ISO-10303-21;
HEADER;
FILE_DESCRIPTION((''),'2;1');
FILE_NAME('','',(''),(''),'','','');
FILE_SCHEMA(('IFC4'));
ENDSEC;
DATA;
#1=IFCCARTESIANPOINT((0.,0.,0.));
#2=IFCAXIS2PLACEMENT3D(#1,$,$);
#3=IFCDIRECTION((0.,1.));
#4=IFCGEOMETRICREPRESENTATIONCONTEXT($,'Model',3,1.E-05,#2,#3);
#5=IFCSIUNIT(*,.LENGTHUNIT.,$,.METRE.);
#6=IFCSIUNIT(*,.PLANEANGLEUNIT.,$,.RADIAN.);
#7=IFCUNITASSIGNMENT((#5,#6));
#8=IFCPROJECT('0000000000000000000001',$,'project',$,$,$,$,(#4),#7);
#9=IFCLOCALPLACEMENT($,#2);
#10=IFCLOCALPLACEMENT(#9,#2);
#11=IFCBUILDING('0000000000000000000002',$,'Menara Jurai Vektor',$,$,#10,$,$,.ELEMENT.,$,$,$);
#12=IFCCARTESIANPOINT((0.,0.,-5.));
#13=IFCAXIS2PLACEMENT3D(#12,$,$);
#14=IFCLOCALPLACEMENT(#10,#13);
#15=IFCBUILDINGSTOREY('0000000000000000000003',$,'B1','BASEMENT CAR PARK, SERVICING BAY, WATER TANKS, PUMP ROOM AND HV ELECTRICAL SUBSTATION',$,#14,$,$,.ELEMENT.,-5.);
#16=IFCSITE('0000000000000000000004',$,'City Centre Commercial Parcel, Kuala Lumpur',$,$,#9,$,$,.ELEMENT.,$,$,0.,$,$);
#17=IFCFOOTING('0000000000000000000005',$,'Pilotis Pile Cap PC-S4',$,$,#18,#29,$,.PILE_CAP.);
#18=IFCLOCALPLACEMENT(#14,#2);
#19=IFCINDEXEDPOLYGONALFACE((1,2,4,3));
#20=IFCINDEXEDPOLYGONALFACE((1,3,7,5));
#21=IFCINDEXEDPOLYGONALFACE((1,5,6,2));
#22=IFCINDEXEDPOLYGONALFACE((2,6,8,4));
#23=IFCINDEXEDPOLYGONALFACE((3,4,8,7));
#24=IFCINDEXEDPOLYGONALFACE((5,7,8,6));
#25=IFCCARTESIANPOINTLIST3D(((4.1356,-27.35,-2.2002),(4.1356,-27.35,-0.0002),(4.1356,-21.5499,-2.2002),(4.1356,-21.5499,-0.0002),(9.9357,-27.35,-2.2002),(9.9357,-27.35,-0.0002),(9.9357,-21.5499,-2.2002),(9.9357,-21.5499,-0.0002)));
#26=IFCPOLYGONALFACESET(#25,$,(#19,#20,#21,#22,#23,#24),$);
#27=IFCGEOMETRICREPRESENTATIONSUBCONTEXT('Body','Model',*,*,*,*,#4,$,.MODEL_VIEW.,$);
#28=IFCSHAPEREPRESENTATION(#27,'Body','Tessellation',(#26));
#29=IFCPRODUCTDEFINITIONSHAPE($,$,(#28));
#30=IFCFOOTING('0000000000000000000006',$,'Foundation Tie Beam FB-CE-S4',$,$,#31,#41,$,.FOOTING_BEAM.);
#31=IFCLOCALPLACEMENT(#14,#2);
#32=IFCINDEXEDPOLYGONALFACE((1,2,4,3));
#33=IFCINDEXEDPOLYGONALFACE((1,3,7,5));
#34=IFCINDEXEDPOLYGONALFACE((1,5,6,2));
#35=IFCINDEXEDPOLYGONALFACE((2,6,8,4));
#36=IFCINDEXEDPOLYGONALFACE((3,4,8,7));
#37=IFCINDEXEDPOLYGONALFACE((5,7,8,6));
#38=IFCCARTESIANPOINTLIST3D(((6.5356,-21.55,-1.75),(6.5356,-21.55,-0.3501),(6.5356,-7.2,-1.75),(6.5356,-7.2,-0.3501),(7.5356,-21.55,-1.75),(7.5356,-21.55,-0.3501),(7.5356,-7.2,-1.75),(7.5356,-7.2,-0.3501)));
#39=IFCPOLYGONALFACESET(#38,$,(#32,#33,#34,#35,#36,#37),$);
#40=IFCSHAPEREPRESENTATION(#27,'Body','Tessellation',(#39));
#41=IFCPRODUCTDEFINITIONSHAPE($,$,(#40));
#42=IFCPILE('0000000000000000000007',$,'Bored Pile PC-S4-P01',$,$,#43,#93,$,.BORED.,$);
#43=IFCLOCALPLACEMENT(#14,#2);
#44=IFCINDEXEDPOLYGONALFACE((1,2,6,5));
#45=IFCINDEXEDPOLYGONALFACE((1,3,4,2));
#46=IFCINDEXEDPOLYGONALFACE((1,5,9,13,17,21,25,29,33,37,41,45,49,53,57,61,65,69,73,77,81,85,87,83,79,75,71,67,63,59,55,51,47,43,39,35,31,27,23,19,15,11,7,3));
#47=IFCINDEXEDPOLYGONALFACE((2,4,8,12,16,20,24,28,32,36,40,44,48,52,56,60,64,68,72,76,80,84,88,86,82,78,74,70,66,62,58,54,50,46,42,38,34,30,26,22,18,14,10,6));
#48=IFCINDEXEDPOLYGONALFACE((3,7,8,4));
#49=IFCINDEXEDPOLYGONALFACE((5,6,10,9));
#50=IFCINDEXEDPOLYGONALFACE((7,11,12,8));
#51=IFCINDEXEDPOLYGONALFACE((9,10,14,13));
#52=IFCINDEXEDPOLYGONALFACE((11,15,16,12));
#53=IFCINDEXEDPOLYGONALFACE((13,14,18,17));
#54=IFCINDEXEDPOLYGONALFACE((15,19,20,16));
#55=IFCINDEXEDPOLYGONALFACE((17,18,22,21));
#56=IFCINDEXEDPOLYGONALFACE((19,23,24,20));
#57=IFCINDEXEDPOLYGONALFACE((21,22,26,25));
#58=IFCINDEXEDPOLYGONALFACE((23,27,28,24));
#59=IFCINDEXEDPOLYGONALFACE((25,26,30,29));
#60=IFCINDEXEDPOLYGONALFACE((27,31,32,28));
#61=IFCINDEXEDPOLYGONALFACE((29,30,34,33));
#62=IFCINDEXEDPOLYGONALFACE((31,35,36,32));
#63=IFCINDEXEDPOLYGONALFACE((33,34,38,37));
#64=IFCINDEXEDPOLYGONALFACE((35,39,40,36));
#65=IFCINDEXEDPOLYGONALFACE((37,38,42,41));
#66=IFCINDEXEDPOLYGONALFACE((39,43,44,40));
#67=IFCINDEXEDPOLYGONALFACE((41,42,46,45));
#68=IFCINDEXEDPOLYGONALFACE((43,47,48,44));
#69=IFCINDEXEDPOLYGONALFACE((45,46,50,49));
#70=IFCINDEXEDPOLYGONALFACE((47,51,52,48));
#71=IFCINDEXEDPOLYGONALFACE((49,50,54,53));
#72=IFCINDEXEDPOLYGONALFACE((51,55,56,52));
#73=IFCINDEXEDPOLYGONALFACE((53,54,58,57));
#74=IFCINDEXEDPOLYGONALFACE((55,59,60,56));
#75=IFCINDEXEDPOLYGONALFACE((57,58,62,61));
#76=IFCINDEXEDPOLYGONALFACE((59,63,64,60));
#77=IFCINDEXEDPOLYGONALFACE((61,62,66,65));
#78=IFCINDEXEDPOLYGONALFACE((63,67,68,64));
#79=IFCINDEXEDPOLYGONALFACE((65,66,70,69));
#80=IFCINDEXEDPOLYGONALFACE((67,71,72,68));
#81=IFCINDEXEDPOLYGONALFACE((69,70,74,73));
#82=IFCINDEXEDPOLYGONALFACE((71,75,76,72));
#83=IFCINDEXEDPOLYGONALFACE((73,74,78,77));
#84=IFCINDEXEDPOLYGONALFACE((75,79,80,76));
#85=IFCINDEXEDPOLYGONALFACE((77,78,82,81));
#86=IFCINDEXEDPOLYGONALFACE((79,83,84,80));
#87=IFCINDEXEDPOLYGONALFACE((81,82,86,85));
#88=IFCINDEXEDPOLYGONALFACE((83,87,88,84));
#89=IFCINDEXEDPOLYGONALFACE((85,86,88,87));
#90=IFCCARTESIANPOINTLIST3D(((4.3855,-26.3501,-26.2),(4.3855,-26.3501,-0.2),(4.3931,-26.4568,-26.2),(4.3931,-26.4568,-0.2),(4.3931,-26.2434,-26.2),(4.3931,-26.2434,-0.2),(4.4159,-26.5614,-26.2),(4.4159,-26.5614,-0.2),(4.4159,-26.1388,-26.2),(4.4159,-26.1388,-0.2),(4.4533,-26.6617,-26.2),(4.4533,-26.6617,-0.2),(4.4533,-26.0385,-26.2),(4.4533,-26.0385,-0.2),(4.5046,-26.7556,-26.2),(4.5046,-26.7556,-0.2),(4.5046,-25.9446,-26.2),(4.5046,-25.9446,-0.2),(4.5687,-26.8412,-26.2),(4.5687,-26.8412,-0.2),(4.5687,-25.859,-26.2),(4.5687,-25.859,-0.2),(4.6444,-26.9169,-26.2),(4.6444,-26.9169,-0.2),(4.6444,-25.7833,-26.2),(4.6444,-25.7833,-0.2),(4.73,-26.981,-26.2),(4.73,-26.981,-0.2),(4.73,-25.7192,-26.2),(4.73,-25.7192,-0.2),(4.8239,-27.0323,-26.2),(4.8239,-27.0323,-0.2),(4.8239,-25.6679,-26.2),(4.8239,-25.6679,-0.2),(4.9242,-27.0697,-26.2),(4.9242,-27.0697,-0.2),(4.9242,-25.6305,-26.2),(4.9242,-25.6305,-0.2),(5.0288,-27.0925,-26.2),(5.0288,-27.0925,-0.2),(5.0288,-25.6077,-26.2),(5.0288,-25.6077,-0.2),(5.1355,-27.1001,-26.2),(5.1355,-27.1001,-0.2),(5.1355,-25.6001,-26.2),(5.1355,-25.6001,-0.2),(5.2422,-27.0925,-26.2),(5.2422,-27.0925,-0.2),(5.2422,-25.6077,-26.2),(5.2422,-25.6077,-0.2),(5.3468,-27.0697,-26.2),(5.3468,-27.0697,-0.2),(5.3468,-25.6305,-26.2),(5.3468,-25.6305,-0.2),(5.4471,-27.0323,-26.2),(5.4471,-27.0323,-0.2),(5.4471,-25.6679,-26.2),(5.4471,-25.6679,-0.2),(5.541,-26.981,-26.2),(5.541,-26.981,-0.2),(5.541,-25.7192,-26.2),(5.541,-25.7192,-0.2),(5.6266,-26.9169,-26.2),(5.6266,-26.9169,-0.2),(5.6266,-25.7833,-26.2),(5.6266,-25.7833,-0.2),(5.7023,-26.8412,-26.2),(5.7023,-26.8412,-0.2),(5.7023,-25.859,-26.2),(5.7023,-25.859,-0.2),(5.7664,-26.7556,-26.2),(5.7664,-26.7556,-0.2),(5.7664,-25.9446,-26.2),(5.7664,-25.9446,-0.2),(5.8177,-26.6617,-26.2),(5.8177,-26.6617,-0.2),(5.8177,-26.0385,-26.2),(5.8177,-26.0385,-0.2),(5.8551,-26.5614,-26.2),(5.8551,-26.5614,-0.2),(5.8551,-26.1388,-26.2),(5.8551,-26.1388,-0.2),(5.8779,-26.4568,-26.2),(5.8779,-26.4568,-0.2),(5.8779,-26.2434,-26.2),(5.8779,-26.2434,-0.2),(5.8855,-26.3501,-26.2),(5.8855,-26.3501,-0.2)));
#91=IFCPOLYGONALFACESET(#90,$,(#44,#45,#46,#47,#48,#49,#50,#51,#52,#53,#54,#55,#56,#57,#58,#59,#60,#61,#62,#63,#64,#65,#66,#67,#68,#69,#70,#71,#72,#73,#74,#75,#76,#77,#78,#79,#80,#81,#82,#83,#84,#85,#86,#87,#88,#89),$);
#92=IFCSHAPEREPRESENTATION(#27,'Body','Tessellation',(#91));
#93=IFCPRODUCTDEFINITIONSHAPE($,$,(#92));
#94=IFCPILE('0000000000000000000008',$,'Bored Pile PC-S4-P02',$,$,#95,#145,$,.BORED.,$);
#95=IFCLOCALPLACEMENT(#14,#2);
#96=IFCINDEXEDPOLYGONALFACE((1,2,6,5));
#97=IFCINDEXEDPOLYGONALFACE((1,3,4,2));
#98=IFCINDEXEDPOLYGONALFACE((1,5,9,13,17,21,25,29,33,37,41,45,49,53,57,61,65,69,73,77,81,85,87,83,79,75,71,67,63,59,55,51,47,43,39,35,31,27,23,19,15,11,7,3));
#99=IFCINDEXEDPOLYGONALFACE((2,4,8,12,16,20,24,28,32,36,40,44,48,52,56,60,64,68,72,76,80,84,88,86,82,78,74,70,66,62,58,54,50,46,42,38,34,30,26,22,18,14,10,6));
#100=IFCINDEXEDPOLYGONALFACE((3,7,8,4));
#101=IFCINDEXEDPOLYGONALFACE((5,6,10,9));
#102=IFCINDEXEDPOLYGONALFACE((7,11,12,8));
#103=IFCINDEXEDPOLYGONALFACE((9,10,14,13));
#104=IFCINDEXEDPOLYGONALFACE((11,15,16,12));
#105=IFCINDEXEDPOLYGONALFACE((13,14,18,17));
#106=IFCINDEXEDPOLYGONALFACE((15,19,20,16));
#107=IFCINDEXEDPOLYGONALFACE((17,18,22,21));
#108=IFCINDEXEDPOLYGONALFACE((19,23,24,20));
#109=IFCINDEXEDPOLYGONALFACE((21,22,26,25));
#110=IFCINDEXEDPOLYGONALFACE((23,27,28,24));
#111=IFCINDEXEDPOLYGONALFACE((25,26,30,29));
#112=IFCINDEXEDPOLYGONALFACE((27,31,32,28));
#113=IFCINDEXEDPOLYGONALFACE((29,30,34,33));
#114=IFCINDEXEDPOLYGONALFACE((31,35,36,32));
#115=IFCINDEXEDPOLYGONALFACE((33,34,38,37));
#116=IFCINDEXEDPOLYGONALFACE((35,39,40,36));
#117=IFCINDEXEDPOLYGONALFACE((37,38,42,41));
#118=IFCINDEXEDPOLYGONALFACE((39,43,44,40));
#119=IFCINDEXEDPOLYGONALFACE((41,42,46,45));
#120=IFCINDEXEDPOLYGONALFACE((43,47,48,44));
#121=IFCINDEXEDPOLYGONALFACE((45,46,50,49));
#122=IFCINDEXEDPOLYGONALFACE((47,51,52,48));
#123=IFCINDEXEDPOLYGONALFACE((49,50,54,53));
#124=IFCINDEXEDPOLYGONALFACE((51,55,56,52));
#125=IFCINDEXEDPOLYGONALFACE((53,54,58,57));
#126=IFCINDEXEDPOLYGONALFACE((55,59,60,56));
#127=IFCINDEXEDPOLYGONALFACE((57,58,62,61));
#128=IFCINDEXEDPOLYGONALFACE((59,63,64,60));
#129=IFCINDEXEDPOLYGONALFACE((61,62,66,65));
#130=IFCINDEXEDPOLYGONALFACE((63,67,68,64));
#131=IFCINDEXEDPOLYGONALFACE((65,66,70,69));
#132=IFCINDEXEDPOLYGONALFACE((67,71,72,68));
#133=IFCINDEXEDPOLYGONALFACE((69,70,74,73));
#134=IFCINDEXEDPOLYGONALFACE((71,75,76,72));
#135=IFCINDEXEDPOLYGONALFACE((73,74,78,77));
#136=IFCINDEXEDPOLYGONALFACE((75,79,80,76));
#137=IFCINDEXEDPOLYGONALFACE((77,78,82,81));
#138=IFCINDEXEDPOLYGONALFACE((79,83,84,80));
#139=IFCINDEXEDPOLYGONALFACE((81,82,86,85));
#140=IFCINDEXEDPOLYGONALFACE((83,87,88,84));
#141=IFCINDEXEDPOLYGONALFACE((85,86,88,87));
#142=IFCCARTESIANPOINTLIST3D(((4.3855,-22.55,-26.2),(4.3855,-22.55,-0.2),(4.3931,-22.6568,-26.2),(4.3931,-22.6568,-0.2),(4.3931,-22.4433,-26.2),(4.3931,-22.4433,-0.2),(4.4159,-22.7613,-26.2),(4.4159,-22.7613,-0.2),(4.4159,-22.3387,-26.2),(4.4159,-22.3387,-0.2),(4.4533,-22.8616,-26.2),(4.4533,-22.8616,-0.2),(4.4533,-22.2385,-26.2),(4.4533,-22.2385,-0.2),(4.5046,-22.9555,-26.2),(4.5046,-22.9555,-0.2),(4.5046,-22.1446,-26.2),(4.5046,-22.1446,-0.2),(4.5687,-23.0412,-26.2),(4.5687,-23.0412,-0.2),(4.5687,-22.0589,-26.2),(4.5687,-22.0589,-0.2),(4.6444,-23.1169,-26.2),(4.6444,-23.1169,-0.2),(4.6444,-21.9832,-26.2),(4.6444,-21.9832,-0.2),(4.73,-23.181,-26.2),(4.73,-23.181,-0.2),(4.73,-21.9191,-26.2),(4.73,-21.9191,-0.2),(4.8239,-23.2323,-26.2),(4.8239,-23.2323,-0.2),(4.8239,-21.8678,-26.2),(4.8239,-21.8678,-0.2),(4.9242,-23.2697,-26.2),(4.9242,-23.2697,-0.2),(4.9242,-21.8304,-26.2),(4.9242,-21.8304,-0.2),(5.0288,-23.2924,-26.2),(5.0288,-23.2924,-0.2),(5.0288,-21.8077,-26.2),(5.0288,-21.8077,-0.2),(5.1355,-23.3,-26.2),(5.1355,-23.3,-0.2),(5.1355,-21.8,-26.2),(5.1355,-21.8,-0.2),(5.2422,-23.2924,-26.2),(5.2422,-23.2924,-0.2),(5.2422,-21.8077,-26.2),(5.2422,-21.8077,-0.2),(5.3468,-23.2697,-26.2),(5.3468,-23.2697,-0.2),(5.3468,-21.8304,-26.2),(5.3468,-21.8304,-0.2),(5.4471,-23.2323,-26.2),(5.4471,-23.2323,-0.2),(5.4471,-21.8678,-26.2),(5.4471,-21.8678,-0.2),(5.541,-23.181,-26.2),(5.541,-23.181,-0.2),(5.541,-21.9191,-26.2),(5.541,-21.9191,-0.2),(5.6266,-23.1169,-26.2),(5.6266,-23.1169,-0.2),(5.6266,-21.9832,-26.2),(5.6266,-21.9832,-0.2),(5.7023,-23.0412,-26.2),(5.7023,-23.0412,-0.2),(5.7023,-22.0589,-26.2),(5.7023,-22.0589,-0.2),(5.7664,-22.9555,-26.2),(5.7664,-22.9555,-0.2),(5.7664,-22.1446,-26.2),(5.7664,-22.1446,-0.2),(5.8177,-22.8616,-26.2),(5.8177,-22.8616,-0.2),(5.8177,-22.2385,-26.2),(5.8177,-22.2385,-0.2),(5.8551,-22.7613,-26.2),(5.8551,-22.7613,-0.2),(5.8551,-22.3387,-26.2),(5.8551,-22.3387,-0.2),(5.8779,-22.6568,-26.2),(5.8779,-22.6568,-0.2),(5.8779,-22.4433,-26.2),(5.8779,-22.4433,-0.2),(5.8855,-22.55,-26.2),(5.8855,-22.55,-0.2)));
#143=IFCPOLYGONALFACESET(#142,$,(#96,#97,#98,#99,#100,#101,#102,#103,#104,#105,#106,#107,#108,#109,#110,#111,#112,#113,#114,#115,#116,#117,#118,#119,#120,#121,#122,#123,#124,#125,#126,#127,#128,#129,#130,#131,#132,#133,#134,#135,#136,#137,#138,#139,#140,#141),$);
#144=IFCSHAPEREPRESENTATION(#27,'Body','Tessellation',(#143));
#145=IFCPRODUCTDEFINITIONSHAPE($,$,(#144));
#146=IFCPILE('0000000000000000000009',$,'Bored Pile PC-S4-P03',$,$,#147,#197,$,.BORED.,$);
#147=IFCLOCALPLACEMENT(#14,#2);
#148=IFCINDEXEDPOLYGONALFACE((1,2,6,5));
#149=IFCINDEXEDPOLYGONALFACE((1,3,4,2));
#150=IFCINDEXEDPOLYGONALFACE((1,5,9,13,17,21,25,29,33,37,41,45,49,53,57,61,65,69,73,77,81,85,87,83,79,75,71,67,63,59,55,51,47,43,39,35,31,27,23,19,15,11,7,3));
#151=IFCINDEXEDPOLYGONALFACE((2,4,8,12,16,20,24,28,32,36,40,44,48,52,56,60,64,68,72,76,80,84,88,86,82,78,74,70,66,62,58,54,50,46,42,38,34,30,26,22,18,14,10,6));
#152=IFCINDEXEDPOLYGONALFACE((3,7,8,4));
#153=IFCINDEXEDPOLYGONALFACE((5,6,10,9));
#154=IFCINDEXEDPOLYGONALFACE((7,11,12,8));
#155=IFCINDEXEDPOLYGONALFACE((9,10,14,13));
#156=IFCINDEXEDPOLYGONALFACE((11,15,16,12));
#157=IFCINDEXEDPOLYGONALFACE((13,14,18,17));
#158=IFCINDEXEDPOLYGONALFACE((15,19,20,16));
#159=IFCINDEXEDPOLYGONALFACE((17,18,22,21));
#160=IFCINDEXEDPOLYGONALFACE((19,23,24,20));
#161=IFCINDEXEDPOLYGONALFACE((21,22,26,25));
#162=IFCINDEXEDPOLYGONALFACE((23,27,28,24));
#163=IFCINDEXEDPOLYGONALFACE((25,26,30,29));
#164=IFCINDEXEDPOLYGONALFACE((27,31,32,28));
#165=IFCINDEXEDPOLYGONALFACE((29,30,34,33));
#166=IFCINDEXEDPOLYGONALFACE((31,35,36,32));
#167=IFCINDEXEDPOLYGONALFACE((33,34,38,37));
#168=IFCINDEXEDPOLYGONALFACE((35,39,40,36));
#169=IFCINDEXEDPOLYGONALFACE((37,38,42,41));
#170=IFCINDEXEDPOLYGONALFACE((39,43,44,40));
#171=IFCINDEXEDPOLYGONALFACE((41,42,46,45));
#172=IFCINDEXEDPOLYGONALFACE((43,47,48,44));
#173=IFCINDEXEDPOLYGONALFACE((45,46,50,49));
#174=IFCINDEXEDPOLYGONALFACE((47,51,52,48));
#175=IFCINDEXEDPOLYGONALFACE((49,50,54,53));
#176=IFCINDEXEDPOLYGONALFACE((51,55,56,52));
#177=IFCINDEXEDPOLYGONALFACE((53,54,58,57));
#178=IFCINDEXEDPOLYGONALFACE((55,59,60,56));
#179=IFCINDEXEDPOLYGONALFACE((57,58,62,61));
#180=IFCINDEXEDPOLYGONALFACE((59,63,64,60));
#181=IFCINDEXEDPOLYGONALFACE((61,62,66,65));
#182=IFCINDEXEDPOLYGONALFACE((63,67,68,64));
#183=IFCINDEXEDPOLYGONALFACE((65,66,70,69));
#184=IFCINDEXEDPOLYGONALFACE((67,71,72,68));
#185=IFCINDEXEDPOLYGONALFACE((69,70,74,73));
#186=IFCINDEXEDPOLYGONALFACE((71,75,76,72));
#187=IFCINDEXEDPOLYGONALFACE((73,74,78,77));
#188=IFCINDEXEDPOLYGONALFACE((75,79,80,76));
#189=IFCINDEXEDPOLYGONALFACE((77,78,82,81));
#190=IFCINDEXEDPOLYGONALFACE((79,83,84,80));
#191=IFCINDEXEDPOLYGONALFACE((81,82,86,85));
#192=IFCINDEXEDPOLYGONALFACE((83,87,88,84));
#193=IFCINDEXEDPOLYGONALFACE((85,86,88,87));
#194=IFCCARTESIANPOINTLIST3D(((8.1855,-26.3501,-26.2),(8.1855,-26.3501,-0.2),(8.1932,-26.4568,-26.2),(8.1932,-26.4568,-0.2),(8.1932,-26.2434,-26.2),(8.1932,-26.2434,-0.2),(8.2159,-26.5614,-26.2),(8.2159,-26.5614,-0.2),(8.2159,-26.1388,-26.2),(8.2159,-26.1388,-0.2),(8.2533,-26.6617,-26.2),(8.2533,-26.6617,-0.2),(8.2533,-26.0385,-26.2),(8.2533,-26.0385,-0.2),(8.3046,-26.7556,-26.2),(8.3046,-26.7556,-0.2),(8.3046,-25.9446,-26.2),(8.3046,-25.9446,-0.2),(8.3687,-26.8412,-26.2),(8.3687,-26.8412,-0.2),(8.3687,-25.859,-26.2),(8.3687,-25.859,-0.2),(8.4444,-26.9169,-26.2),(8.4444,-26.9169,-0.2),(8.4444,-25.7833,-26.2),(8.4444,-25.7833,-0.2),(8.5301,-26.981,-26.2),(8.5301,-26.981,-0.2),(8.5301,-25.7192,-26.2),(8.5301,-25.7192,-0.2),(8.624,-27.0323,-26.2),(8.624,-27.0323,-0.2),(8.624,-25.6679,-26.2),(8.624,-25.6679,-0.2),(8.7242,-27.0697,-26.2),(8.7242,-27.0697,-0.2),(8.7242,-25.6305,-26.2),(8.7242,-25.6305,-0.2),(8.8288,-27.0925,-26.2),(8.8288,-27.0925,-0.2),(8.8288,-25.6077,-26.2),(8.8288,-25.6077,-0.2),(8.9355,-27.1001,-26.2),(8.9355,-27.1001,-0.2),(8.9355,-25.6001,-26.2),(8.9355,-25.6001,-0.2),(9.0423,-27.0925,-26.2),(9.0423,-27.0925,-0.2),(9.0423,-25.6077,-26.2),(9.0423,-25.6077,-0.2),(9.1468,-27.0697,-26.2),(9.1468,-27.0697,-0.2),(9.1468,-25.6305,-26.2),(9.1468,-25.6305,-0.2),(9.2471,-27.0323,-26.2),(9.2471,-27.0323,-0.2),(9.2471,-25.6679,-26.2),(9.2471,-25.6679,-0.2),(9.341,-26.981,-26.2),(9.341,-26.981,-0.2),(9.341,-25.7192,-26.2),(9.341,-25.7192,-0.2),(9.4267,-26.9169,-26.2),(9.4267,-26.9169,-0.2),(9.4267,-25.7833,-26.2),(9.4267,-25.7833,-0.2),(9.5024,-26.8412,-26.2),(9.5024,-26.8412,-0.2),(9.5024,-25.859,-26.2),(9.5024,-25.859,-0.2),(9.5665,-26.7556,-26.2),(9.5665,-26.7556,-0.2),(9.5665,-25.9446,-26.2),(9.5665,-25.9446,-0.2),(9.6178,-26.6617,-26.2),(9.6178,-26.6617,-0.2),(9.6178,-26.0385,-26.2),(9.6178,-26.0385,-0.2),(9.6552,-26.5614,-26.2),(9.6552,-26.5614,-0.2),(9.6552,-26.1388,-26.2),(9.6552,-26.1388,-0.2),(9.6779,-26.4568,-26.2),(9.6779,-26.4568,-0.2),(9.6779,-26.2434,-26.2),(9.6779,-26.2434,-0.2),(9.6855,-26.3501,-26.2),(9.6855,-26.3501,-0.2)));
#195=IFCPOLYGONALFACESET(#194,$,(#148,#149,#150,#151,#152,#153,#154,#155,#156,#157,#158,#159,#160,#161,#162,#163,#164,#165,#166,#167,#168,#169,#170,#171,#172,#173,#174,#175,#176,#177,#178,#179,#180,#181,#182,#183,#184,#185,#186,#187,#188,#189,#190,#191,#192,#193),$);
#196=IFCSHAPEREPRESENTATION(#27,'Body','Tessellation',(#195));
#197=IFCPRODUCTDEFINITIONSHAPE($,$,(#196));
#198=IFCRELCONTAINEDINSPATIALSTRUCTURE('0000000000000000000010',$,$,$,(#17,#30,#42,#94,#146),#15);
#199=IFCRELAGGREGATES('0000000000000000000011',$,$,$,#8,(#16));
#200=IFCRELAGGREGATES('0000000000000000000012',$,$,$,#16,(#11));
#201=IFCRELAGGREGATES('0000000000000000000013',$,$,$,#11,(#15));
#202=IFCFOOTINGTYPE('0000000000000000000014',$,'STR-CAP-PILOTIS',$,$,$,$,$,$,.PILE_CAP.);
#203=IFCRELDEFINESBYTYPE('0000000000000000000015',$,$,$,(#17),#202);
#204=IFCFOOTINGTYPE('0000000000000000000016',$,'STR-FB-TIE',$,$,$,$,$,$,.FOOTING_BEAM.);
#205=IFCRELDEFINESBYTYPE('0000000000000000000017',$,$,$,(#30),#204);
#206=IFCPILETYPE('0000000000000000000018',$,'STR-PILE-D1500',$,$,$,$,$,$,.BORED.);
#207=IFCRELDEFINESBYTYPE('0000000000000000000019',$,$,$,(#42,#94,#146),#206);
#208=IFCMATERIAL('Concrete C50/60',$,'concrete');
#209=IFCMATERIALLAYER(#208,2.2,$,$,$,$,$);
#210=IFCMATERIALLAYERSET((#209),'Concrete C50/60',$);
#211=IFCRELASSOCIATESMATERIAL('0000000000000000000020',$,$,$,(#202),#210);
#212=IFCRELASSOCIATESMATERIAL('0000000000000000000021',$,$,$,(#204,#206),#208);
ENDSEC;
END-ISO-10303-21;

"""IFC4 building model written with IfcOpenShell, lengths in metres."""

from ifc_helpers import new_model, si_unit, direction, frame, origin, origin_2d, place, context, subcontext, project, spatial, rectangle, circle, extrude, material, layer, layer_set, material_profile, profile_set, type_object, element, save


model = new_model("IFC4")

# Units and contexts
model_context = context("Model", 3, precision=1e-05, world=origin(), true_north=direction((0.0, 1.0)))
body_context = subcontext(model_context, "Body", "Model", "MODEL_VIEW")
ifc_project = project(units=[si_unit("LENGTHUNIT", "METRE"), si_unit("PLANEANGLEUNIT", "RADIAN")], contexts=[model_context])

# Site, building, storey
site_placement = place(None, origin())
site = spatial("IfcSite", under=ifc_project, at=site_placement, Name="City Centre Commercial Parcel, Kuala Lumpur", CompositionType="ELEMENT", RefElevation=0.0)
building_placement = place(site_placement, origin())
building = spatial("IfcBuilding", under=site, at=building_placement, Name="Menara Jurai Vektor", CompositionType="ELEMENT")
storey_placement = place(building_placement, frame((0.0, 0.0, -5.0)))
storey = spatial("IfcBuildingStorey", under=building, at=storey_placement, Name="B1", Description="BASEMENT CAR PARK, SERVICING BAY, WATER TANKS, PUMP ROOM AND HV ELECTRICAL SUBSTATION", CompositionType="ELEMENT", Elevation=-5.0)

# Footings
ifc_material_1 = material(Name="Concrete C50/60", Category="concrete")
ifc_layer_1 = layer(ifc_material_1, 2.2)
ifc_layer_set_1 = layer_set([ifc_layer_1], Name="Concrete C50/60")
footing_type_1 = type_object("IfcFootingType", Name="STR-CAP-PILOTIS", PredefinedType="PILE_CAP", material=ifc_layer_set_1)
footing_1_placement = place(storey_placement, frame((7.0356, -24.45, -2.2002), z_axis=(0.0, 0.0, 1.0), x_axis=(1.0, 0.0, 0.0)))
element("IfcFooting", 1, at=footing_1_placement, inside=storey, type_object=footing_type_1, Name="Pilotis Pile Cap PC-S4", PredefinedType="PILE_CAP", context=body_context, shape_type="SweptSolid", body=[
    extrude(rectangle(XDim=5.8, YDim=5.8, at=origin_2d()), origin(), (0.0, 0.0, 1.0), 2.2),
])
ifc_material_profile_1 = material_profile(ifc_material_1, rectangle(XDim=1.0, YDim=1.3999, at=origin_2d()), Name="RC 1000x1400")
ifc_profile_set_1 = profile_set([ifc_material_profile_1], Name="Concrete C50/60")
footing_type_2 = type_object("IfcFootingType", Name="STR-FB-TIE", PredefinedType="FOOTING_BEAM", material=ifc_profile_set_1)
footing_2_placement = place(storey_placement, frame((7.0356, -21.55, -1.05), z_axis=(0.0, 1.0, 0.0), x_axis=(-1.0, 0.0, 0.0)))
element("IfcFooting", 2, at=footing_2_placement, inside=storey, type_object=footing_type_2, Name="Foundation Tie Beam FB-CE-S4", PredefinedType="FOOTING_BEAM", context=body_context, shape_type="SweptSolid", body=[
    extrude(rectangle(XDim=1.0, YDim=1.3999, at=origin_2d()), origin(), (0.0, 0.0, 1.0), 14.3501),
])

# Piles
ifc_material_profile_2 = material_profile(ifc_material_1, circle(Radius=0.75, at=origin_2d()), Name="PILE D1500")
ifc_profile_set_2 = profile_set([ifc_material_profile_2], Name="Concrete C50/60")
pile_type_1 = type_object("IfcPileType", Name="STR-PILE-D1500", PredefinedType="BORED", material=ifc_profile_set_2)
for number, where, z_axis, x_axis, name in (
    (3, (5.1355, -26.3501, -0.2), (0.0, 0.0, -1.0), (1.0, 0.0, 0.0), "Bored Pile PC-S4-P01"),
    (4, (5.1355, -22.55, -0.2), (0.0, 0.0, -1.0), (1.0, 0.0, 0.0), "Bored Pile PC-S4-P02"),
    (5, (8.9355, -26.3501, -0.2), (0.0, 0.0, -1.0), (1.0, 0.0, 0.0), "Bored Pile PC-S4-P03"),
):
    element("IfcPile", number, at=place(storey_placement, frame(where, z_axis=z_axis, x_axis=x_axis)), inside=storey, type_object=pile_type_1, Name=name, PredefinedType="BORED", context=body_context, shape_type="SweptSolid", body=[
        extrude(circle(Radius=0.75, at=origin_2d()), origin(), (0.0, 0.0, 1.0), 26.0),
    ])

save(model, "model.ifc")
